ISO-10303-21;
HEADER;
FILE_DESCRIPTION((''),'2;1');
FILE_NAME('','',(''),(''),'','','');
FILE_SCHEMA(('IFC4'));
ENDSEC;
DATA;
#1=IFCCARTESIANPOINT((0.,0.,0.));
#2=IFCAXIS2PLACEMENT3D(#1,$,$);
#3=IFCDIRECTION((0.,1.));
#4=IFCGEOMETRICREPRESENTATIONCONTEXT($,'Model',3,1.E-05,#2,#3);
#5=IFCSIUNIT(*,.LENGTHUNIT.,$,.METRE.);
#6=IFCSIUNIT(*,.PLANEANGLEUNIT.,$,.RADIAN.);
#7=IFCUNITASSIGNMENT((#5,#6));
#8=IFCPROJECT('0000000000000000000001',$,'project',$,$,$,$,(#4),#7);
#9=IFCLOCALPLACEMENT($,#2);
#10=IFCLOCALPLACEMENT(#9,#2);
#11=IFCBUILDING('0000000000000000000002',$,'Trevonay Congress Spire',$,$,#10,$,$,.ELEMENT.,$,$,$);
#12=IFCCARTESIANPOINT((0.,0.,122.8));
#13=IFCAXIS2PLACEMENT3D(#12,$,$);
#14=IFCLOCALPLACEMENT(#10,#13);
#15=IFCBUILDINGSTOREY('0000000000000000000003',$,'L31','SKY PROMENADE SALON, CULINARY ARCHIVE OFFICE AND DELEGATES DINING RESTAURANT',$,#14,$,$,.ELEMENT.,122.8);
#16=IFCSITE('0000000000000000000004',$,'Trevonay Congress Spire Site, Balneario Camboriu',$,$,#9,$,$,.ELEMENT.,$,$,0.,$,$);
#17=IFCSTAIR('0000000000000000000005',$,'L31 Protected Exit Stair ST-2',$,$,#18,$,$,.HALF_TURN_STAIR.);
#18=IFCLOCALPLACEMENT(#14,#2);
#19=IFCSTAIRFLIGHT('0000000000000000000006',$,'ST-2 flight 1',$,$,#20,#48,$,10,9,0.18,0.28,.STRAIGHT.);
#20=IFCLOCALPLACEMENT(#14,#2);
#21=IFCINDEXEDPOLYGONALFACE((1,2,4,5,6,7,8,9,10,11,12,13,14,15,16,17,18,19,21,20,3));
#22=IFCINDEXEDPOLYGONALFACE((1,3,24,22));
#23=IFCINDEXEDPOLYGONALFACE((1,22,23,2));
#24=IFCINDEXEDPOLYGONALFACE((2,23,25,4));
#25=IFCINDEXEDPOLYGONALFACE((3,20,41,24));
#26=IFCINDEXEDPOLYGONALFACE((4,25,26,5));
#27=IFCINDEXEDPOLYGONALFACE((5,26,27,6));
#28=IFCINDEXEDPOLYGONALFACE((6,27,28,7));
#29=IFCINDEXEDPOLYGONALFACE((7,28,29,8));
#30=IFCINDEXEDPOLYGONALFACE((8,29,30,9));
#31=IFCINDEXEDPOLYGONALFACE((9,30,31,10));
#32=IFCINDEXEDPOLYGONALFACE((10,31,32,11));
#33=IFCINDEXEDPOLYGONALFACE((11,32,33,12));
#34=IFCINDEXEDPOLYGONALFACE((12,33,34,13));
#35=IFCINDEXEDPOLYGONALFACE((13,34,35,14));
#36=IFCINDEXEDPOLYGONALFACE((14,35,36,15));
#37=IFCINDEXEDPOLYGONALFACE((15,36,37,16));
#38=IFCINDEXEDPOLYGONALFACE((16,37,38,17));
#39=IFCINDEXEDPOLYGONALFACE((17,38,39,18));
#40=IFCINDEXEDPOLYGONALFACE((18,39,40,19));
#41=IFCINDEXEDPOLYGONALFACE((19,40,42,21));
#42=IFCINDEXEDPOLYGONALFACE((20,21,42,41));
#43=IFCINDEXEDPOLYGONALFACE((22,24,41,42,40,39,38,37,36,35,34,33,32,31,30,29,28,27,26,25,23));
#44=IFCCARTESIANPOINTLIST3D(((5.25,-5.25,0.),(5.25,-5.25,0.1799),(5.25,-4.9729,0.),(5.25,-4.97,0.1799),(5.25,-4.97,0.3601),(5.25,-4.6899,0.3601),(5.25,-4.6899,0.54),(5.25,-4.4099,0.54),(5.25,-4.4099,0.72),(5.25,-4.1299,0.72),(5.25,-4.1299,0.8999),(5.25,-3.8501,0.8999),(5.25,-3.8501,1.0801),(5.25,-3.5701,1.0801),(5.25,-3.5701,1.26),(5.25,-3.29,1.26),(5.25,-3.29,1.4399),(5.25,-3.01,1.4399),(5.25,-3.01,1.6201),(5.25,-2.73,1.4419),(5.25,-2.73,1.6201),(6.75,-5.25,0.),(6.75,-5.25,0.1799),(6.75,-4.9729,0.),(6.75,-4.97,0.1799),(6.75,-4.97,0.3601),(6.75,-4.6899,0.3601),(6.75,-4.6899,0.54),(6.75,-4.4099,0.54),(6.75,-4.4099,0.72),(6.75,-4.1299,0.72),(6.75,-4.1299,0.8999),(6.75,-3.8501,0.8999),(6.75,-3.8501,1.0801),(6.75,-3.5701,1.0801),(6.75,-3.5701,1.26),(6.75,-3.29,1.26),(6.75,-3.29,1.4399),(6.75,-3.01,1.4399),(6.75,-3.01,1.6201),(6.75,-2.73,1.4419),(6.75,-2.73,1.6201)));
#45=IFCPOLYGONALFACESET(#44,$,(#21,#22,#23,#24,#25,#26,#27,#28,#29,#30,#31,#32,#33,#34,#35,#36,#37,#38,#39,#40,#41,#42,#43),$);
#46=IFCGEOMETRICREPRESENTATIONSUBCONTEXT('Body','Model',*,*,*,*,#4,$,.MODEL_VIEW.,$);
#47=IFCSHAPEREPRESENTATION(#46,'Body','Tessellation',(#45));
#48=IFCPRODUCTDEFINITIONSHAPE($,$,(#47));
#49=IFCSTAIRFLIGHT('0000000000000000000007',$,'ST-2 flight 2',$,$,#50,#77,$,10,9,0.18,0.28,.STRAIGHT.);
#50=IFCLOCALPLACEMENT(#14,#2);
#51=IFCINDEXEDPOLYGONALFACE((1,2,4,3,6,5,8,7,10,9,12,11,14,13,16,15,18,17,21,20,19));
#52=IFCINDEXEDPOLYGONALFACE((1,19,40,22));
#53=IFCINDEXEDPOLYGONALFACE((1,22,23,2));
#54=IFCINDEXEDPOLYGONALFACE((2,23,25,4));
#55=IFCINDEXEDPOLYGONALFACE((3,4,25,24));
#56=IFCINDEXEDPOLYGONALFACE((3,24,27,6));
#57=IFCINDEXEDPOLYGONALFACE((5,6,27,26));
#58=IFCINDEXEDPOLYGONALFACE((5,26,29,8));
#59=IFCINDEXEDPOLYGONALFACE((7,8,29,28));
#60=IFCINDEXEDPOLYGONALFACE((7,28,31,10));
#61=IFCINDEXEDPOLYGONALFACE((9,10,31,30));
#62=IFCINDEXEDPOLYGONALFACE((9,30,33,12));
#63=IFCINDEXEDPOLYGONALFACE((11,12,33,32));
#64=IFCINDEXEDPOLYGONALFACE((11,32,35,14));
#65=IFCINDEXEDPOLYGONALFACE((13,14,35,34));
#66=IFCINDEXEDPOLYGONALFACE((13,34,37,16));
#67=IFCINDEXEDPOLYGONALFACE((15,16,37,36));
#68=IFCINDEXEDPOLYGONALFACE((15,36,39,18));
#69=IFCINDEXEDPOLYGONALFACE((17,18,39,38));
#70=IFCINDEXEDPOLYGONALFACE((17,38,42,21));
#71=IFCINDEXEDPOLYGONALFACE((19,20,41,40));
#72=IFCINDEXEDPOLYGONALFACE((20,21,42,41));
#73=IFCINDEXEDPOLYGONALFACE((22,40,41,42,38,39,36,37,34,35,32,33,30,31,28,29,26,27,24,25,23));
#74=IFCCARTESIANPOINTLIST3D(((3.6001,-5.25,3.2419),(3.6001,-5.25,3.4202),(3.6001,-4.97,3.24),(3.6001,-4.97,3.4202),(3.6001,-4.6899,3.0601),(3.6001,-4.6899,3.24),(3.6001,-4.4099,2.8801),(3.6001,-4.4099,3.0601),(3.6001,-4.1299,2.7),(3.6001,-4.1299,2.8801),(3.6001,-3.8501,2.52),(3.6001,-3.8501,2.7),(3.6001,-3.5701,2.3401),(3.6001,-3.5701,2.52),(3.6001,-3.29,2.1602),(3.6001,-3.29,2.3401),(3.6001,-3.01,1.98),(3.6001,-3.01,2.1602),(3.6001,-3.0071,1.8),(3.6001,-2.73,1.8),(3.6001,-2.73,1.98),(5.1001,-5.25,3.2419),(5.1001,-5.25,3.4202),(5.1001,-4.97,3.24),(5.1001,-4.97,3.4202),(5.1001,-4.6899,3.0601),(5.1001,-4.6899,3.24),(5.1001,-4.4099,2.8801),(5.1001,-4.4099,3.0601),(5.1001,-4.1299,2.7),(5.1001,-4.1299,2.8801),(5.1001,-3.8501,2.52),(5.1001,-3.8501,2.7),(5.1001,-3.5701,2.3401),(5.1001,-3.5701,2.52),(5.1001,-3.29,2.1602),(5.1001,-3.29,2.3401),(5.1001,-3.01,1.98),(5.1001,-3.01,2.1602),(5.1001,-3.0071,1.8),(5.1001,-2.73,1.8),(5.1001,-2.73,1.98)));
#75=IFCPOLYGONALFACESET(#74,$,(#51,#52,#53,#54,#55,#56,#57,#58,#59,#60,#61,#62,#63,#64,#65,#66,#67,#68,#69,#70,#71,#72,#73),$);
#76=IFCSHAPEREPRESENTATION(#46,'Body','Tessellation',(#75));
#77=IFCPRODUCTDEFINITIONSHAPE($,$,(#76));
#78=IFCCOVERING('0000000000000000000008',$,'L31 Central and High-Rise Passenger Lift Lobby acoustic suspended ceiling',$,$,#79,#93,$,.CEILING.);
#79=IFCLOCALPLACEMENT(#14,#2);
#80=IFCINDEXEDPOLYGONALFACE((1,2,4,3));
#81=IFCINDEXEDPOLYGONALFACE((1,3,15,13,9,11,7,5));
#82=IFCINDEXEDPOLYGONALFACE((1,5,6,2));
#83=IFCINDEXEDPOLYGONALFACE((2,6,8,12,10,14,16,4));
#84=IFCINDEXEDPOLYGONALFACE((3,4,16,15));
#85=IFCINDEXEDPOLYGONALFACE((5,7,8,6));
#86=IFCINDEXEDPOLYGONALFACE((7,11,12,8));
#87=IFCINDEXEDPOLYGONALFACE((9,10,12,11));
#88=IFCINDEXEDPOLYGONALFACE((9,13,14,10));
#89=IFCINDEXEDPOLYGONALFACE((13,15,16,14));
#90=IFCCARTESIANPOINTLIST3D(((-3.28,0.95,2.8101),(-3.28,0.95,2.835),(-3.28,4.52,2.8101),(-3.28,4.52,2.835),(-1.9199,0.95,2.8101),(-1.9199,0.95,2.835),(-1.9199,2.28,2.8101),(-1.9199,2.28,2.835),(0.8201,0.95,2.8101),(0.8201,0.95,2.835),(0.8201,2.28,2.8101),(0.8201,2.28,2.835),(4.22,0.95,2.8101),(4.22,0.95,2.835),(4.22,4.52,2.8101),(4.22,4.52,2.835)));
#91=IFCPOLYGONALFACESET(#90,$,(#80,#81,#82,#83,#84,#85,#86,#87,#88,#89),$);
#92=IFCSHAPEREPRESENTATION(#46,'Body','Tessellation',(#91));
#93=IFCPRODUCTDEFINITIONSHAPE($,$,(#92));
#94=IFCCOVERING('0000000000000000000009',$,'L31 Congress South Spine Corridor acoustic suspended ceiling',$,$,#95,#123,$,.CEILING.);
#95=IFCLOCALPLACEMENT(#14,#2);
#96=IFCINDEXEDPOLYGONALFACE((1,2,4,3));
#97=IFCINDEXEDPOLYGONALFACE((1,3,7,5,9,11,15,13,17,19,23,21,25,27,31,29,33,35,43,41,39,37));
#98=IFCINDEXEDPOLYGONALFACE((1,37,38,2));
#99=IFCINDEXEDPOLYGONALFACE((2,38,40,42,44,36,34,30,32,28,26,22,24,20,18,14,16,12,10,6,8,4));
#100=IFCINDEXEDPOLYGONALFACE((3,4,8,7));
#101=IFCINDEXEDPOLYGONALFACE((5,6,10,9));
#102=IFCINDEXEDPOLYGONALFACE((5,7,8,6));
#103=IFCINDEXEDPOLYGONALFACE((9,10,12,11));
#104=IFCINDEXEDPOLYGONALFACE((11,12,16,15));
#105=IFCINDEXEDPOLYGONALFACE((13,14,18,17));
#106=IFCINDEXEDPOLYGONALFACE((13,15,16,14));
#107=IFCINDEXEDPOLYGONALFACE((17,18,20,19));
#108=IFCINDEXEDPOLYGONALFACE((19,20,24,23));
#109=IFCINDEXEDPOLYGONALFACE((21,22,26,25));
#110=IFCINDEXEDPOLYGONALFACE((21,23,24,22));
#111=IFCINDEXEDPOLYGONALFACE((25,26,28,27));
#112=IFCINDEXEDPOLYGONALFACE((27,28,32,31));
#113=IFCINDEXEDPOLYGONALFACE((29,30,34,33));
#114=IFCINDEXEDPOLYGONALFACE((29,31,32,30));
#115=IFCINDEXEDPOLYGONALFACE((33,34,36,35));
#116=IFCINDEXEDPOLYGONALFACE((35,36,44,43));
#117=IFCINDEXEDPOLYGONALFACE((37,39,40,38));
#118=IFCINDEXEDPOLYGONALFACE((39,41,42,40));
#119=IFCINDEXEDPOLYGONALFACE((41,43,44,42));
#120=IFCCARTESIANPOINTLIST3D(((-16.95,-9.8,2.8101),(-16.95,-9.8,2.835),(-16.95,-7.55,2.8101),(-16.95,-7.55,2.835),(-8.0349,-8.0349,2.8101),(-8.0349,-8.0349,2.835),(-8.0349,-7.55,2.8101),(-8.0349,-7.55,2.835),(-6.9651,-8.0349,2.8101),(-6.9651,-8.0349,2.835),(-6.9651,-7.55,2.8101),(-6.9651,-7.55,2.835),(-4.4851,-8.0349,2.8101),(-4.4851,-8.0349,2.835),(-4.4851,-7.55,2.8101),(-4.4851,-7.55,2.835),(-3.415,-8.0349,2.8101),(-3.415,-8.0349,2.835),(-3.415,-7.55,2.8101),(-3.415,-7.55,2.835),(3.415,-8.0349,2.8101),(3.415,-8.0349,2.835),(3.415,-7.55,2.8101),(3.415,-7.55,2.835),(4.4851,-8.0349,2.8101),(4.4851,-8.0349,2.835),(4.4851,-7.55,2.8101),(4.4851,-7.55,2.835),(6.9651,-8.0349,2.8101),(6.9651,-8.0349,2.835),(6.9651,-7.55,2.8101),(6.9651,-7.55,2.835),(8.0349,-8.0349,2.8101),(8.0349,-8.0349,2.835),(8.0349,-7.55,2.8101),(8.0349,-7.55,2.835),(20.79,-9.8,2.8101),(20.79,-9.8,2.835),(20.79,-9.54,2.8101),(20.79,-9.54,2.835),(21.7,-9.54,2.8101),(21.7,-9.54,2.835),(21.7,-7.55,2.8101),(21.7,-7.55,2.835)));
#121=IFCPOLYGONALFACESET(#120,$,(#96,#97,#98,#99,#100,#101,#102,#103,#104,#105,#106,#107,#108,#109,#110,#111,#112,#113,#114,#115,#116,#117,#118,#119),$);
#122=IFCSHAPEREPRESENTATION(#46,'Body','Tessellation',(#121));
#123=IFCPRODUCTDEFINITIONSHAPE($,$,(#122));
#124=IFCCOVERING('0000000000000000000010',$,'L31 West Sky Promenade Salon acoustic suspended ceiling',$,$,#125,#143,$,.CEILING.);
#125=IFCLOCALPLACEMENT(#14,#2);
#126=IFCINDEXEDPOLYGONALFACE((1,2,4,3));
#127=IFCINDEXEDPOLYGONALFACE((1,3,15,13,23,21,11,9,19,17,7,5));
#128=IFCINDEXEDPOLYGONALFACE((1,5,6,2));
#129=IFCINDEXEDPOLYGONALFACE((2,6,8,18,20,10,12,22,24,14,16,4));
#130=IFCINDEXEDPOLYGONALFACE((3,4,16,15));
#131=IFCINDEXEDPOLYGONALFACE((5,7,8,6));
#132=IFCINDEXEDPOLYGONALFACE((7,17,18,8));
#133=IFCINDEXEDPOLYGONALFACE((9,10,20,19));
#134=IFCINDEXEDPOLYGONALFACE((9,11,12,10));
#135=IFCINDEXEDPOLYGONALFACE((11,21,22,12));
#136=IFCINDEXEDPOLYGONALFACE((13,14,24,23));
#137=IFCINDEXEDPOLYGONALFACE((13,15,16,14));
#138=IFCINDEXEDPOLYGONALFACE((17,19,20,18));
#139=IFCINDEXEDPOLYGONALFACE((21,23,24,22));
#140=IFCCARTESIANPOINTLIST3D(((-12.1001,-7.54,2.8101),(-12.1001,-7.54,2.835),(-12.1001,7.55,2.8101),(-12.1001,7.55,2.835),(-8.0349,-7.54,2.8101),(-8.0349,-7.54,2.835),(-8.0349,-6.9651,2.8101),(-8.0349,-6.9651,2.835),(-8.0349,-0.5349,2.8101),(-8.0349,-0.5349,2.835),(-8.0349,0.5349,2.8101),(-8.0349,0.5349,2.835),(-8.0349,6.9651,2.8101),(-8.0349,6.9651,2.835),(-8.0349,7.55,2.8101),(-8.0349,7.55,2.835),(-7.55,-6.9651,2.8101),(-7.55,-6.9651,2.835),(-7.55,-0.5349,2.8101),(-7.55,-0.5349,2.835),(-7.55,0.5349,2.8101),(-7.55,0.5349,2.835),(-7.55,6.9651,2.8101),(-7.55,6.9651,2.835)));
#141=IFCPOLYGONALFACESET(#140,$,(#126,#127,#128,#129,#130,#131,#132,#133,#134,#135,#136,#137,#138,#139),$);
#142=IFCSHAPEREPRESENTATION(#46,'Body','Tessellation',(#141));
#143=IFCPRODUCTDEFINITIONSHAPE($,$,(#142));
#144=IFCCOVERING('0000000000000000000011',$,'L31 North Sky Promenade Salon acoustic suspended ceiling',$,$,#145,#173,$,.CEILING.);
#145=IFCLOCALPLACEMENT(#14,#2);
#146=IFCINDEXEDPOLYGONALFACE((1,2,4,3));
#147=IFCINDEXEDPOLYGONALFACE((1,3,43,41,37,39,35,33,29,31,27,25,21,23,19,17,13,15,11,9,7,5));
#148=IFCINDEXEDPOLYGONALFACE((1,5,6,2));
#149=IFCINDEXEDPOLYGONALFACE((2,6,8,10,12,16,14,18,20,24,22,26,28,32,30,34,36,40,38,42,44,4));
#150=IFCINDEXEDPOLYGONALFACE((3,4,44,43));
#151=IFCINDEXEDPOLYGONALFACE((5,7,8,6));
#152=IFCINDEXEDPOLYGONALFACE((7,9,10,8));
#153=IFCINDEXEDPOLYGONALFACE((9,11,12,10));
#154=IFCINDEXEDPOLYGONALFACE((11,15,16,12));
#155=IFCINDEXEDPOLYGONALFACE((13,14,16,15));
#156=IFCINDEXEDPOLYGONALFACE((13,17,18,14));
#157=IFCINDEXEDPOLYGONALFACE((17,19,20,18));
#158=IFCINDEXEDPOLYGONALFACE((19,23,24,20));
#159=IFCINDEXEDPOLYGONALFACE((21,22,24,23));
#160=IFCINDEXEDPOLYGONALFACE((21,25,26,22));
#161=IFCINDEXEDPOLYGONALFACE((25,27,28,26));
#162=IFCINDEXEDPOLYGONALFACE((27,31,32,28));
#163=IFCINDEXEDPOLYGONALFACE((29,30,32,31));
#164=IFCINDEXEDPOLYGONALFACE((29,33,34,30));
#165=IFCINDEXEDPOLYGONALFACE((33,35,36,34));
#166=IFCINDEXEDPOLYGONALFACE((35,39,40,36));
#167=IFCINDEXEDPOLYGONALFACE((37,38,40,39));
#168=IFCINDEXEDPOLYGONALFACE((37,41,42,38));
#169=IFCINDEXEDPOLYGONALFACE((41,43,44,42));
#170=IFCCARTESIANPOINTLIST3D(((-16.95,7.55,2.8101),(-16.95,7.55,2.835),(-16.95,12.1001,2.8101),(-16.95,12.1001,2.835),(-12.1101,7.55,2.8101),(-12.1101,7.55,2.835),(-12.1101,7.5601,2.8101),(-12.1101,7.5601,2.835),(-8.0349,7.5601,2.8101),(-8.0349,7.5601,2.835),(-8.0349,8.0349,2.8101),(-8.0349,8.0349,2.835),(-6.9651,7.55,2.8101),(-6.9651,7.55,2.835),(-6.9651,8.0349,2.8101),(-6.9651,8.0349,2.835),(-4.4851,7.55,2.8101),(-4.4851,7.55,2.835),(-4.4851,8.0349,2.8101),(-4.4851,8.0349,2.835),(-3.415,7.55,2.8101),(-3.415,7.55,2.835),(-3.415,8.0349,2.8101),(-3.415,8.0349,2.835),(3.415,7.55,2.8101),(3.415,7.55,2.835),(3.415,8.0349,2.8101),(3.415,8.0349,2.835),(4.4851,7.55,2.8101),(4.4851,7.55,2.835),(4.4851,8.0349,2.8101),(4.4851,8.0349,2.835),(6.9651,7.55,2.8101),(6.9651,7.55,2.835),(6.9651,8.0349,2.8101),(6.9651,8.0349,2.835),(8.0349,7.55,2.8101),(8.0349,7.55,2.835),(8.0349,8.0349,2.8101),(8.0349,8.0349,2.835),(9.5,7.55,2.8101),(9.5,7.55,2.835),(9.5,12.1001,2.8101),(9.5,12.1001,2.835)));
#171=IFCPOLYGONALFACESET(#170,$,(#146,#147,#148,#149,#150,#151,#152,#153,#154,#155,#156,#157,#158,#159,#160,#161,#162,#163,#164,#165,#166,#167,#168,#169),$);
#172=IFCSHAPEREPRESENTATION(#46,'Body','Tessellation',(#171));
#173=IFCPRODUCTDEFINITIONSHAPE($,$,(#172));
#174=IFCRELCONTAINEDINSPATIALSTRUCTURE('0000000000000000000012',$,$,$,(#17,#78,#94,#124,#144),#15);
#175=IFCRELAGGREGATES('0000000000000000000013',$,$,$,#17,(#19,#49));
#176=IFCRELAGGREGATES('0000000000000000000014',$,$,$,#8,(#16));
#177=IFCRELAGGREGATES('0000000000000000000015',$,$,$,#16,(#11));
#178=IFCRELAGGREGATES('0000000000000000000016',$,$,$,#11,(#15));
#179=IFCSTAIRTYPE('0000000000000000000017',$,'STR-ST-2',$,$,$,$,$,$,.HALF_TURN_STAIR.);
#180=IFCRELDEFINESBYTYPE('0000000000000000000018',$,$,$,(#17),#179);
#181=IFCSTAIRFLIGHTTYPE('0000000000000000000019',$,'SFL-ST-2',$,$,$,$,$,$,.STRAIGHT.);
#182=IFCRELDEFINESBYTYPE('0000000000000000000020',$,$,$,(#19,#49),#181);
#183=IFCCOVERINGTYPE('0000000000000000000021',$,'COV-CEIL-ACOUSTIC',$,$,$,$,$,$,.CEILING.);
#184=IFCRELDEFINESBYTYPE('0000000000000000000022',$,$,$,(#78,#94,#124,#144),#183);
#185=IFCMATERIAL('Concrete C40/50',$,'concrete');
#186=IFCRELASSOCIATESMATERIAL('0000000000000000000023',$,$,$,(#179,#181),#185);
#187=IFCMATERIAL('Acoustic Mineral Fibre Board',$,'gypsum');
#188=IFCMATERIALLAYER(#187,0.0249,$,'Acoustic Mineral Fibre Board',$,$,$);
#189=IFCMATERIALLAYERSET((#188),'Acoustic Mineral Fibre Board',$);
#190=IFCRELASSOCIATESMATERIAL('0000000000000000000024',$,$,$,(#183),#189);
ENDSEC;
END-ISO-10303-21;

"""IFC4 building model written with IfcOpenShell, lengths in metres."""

from ifc_helpers import new_model, si_unit, direction, frame, origin, place, context, subcontext, project, spatial, polyline, outline, extrude, material, layer, layer_set, type_object, element, aggregate, save


model = new_model("IFC4")

# Units and contexts
model_context = context("Model", 3, precision=1e-05, world=origin(), true_north=direction((0.0, 1.0)))
body_context = subcontext(model_context, "Body", "Model", "MODEL_VIEW")
ifc_project = project(units=[si_unit("LENGTHUNIT", "METRE"), si_unit("PLANEANGLEUNIT", "RADIAN")], contexts=[model_context])

# Site, building, storey
site_placement = place(None, origin())
site = spatial("IfcSite", under=ifc_project, at=site_placement, Name="Trevonay Congress Spire Site, Balneario Camboriu", CompositionType="ELEMENT", RefElevation=0.0)
building_placement = place(site_placement, origin())
building = spatial("IfcBuilding", under=site, at=building_placement, Name="Trevonay Congress Spire", CompositionType="ELEMENT")
storey_placement = place(building_placement, frame((0.0, 0.0, 122.8)))
storey = spatial("IfcBuildingStorey", under=building, at=storey_placement, Name="L31", Description="SKY PROMENADE SALON, CULINARY ARCHIVE OFFICE AND DELEGATES DINING RESTAURANT", CompositionType="ELEMENT", Elevation=122.8)

# Shared definitions
ifc_material_1 = material(Name="Concrete C40/50", Category="concrete")

# Stair, stair flights
stair_type = type_object("IfcStairType", Name="STR-ST-2", PredefinedType="HALF_TURN_STAIR", material=ifc_material_1)
stair_placement = place(storey_placement, origin())
stair = element("IfcStair", 1, at=stair_placement, inside=storey, type_object=stair_type, Name="L31 Protected Exit Stair ST-2", PredefinedType="HALF_TURN_STAIR")
stair_flight_type = type_object("IfcStairFlightType", Name="SFL-ST-2", PredefinedType="STRAIGHT", material=ifc_material_1)
stair_flight_1_placement = place(storey_placement, frame((6.0, -5.25, 0.0), z_axis=(0.0, 0.0, 1.0), x_axis=(0.0, 1.0, 0.0)))
stair_flight_1 = element("IfcStairFlight", 2, at=stair_flight_1_placement, type_object=stair_flight_type, Name="ST-2 flight 1", NumberOfRisers=10, NumberOfTreads=9, PredefinedType="STRAIGHT", RiserHeight=0.18, TreadLength=0.28, context=body_context, shape_type="SweptSolid", body=[
    extrude(outline(polyline([(0.0, 0.0), (0.0, 0.1799), (0.28, 0.1799), (0.28, 0.3601), (0.5601, 0.3601), (0.5601, 0.54), (0.8401, 0.54), (0.8401, 0.72), (1.1201, 0.72), (1.1201, 0.8999), (1.3999, 0.8999), (1.3999, 1.0801), (1.6799, 1.0801), (1.6799, 1.26), (1.96, 1.26), (1.96, 1.4399), (2.24, 1.4399), (2.24, 1.6201), (2.52, 1.6201), (2.52, 1.8), (2.52, 1.4419), (0.2771, 0.0), (0.0, 0.0)])), frame((0.0, 0.75, 0.0), z_axis=(0.0, -1.0, 0.0), x_axis=(1.0, 0.0, 0.0)), (0.0, 0.0, 1.0), 1.5),
])
stair_flight_2_placement = place(storey_placement, frame((4.3501, -2.73, 1.8), z_axis=(0.0, 0.0, 1.0), x_axis=(0.0, -1.0, 0.0)))
stair_flight_2 = element("IfcStairFlight", 3, at=stair_flight_2_placement, type_object=stair_flight_type, Name="ST-2 flight 2", NumberOfRisers=10, NumberOfTreads=9, PredefinedType="STRAIGHT", RiserHeight=0.18, TreadLength=0.28, context=body_context, shape_type="SweptSolid", body=[
    extrude(outline(polyline([(0.0, 0.0), (0.0, 0.1799), (0.28, 0.1799), (0.28, 0.3601), (0.5601, 0.3601), (0.5601, 0.54), (0.8401, 0.54), (0.8401, 0.72), (1.1201, 0.72), (1.1201, 0.8999), (1.3999, 0.8999), (1.3999, 1.0801), (1.6799, 1.0801), (1.6799, 1.26), (1.96, 1.26), (1.96, 1.4399), (2.24, 1.4399), (2.24, 1.6201), (2.52, 1.6201), (2.52, 1.8), (2.52, 1.4419), (0.2771, 0.0), (0.0, 0.0)])), frame((0.0, 0.75, 0.0), z_axis=(0.0, -1.0, 0.0), x_axis=(1.0, 0.0, 0.0)), (0.0, 0.0, 1.0), 1.5),
])
aggregate(stair, [stair_flight_1, stair_flight_2])

# Coverings
ifc_material_2 = material(Name="Acoustic Mineral Fibre Board", Category="gypsum")
ifc_layer_1 = layer(ifc_material_2, 0.0249, Name="Acoustic Mineral Fibre Board")
ifc_layer_set_1 = layer_set([ifc_layer_1], Name="Acoustic Mineral Fibre Board")
covering_type_1 = type_object("IfcCoveringType", Name="COV-CEIL-ACOUSTIC", PredefinedType="CEILING", material=ifc_layer_set_1)
covering_1_placement = place(storey_placement, frame((0.0, 0.0, 2.8101)))
element("IfcCovering", 4, at=covering_1_placement, inside=storey, type_object=covering_type_1, Name="L31 Central and High-Rise Passenger Lift Lobby acoustic suspended ceiling", PredefinedType="CEILING", context=body_context, shape_type="SweptSolid", body=[
    extrude(outline(polyline([(-3.28, 0.95), (-1.9199, 0.95), (-1.9199, 2.28), (0.8201, 2.28), (0.8201, 0.95), (4.22, 0.95), (4.22, 4.52), (-3.28, 4.52), (-3.28, 0.95)])), origin(), (0.0, 0.0, 1.0), 0.0249),
])
covering_2_placement = place(storey_placement, frame((0.0, 0.0, 2.8101)))
element("IfcCovering", 5, at=covering_2_placement, inside=storey, type_object=covering_type_1, Name="L31 Congress South Spine Corridor acoustic suspended ceiling", PredefinedType="CEILING", context=body_context, shape_type="SweptSolid", body=[
    extrude(outline(polyline([(-16.95, -9.8), (-16.95, -7.55), (-8.0349, -7.55), (-8.0349, -8.0349), (-6.9651, -8.0349), (-6.9651, -7.55), (-4.4851, -7.55), (-4.4851, -8.0349), (-3.415, -8.0349), (-3.415, -7.55), (3.415, -7.55), (3.415, -8.0349), (4.4851, -8.0349), (4.4851, -7.55), (6.9651, -7.55), (6.9651, -8.0349), (8.0349, -8.0349), (8.0349, -7.55), (21.7, -7.55), (21.7, -9.54), (20.79, -9.54), (20.79, -9.8), (-16.95, -9.8)])), origin(), (0.0, 0.0, 1.0), 0.0249),
])
covering_3_placement = place(storey_placement, frame((0.0, 0.0, 2.8101)))
element("IfcCovering", 6, at=covering_3_placement, inside=storey, type_object=covering_type_1, Name="L31 West Sky Promenade Salon acoustic suspended ceiling", PredefinedType="CEILING", context=body_context, shape_type="SweptSolid", body=[
    extrude(outline(polyline([(-12.1001, 7.55), (-8.0349, 7.55), (-8.0349, 6.9651), (-7.55, 6.9651), (-7.55, 0.5349), (-8.0349, 0.5349), (-8.0349, -0.5349), (-7.55, -0.5349), (-7.55, -6.9651), (-8.0349, -6.9651), (-8.0349, -7.54), (-12.1001, -7.54), (-12.1001, 7.55)])), origin(), (0.0, 0.0, 1.0), 0.0249),
])
covering_4_placement = place(storey_placement, frame((0.0, 0.0, 2.8101)))
element("IfcCovering", 7, at=covering_4_placement, inside=storey, type_object=covering_type_1, Name="L31 North Sky Promenade Salon acoustic suspended ceiling", PredefinedType="CEILING", context=body_context, shape_type="SweptSolid", body=[
    extrude(outline(polyline([(-16.95, 12.1001), (9.5, 12.1001), (9.5, 7.55), (8.0349, 7.55), (8.0349, 8.0349), (6.9651, 8.0349), (6.9651, 7.55), (4.4851, 7.55), (4.4851, 8.0349), (3.415, 8.0349), (3.415, 7.55), (-3.415, 7.55), (-3.415, 8.0349), (-4.4851, 8.0349), (-4.4851, 7.55), (-6.9651, 7.55), (-6.9651, 8.0349), (-8.0349, 8.0349), (-8.0349, 7.5601), (-12.1101, 7.5601), (-12.1101, 7.55), (-16.95, 7.55), (-16.95, 12.1001)])), origin(), (0.0, 0.0, 1.0), 0.0249),
])

save(model, "model.ifc")
